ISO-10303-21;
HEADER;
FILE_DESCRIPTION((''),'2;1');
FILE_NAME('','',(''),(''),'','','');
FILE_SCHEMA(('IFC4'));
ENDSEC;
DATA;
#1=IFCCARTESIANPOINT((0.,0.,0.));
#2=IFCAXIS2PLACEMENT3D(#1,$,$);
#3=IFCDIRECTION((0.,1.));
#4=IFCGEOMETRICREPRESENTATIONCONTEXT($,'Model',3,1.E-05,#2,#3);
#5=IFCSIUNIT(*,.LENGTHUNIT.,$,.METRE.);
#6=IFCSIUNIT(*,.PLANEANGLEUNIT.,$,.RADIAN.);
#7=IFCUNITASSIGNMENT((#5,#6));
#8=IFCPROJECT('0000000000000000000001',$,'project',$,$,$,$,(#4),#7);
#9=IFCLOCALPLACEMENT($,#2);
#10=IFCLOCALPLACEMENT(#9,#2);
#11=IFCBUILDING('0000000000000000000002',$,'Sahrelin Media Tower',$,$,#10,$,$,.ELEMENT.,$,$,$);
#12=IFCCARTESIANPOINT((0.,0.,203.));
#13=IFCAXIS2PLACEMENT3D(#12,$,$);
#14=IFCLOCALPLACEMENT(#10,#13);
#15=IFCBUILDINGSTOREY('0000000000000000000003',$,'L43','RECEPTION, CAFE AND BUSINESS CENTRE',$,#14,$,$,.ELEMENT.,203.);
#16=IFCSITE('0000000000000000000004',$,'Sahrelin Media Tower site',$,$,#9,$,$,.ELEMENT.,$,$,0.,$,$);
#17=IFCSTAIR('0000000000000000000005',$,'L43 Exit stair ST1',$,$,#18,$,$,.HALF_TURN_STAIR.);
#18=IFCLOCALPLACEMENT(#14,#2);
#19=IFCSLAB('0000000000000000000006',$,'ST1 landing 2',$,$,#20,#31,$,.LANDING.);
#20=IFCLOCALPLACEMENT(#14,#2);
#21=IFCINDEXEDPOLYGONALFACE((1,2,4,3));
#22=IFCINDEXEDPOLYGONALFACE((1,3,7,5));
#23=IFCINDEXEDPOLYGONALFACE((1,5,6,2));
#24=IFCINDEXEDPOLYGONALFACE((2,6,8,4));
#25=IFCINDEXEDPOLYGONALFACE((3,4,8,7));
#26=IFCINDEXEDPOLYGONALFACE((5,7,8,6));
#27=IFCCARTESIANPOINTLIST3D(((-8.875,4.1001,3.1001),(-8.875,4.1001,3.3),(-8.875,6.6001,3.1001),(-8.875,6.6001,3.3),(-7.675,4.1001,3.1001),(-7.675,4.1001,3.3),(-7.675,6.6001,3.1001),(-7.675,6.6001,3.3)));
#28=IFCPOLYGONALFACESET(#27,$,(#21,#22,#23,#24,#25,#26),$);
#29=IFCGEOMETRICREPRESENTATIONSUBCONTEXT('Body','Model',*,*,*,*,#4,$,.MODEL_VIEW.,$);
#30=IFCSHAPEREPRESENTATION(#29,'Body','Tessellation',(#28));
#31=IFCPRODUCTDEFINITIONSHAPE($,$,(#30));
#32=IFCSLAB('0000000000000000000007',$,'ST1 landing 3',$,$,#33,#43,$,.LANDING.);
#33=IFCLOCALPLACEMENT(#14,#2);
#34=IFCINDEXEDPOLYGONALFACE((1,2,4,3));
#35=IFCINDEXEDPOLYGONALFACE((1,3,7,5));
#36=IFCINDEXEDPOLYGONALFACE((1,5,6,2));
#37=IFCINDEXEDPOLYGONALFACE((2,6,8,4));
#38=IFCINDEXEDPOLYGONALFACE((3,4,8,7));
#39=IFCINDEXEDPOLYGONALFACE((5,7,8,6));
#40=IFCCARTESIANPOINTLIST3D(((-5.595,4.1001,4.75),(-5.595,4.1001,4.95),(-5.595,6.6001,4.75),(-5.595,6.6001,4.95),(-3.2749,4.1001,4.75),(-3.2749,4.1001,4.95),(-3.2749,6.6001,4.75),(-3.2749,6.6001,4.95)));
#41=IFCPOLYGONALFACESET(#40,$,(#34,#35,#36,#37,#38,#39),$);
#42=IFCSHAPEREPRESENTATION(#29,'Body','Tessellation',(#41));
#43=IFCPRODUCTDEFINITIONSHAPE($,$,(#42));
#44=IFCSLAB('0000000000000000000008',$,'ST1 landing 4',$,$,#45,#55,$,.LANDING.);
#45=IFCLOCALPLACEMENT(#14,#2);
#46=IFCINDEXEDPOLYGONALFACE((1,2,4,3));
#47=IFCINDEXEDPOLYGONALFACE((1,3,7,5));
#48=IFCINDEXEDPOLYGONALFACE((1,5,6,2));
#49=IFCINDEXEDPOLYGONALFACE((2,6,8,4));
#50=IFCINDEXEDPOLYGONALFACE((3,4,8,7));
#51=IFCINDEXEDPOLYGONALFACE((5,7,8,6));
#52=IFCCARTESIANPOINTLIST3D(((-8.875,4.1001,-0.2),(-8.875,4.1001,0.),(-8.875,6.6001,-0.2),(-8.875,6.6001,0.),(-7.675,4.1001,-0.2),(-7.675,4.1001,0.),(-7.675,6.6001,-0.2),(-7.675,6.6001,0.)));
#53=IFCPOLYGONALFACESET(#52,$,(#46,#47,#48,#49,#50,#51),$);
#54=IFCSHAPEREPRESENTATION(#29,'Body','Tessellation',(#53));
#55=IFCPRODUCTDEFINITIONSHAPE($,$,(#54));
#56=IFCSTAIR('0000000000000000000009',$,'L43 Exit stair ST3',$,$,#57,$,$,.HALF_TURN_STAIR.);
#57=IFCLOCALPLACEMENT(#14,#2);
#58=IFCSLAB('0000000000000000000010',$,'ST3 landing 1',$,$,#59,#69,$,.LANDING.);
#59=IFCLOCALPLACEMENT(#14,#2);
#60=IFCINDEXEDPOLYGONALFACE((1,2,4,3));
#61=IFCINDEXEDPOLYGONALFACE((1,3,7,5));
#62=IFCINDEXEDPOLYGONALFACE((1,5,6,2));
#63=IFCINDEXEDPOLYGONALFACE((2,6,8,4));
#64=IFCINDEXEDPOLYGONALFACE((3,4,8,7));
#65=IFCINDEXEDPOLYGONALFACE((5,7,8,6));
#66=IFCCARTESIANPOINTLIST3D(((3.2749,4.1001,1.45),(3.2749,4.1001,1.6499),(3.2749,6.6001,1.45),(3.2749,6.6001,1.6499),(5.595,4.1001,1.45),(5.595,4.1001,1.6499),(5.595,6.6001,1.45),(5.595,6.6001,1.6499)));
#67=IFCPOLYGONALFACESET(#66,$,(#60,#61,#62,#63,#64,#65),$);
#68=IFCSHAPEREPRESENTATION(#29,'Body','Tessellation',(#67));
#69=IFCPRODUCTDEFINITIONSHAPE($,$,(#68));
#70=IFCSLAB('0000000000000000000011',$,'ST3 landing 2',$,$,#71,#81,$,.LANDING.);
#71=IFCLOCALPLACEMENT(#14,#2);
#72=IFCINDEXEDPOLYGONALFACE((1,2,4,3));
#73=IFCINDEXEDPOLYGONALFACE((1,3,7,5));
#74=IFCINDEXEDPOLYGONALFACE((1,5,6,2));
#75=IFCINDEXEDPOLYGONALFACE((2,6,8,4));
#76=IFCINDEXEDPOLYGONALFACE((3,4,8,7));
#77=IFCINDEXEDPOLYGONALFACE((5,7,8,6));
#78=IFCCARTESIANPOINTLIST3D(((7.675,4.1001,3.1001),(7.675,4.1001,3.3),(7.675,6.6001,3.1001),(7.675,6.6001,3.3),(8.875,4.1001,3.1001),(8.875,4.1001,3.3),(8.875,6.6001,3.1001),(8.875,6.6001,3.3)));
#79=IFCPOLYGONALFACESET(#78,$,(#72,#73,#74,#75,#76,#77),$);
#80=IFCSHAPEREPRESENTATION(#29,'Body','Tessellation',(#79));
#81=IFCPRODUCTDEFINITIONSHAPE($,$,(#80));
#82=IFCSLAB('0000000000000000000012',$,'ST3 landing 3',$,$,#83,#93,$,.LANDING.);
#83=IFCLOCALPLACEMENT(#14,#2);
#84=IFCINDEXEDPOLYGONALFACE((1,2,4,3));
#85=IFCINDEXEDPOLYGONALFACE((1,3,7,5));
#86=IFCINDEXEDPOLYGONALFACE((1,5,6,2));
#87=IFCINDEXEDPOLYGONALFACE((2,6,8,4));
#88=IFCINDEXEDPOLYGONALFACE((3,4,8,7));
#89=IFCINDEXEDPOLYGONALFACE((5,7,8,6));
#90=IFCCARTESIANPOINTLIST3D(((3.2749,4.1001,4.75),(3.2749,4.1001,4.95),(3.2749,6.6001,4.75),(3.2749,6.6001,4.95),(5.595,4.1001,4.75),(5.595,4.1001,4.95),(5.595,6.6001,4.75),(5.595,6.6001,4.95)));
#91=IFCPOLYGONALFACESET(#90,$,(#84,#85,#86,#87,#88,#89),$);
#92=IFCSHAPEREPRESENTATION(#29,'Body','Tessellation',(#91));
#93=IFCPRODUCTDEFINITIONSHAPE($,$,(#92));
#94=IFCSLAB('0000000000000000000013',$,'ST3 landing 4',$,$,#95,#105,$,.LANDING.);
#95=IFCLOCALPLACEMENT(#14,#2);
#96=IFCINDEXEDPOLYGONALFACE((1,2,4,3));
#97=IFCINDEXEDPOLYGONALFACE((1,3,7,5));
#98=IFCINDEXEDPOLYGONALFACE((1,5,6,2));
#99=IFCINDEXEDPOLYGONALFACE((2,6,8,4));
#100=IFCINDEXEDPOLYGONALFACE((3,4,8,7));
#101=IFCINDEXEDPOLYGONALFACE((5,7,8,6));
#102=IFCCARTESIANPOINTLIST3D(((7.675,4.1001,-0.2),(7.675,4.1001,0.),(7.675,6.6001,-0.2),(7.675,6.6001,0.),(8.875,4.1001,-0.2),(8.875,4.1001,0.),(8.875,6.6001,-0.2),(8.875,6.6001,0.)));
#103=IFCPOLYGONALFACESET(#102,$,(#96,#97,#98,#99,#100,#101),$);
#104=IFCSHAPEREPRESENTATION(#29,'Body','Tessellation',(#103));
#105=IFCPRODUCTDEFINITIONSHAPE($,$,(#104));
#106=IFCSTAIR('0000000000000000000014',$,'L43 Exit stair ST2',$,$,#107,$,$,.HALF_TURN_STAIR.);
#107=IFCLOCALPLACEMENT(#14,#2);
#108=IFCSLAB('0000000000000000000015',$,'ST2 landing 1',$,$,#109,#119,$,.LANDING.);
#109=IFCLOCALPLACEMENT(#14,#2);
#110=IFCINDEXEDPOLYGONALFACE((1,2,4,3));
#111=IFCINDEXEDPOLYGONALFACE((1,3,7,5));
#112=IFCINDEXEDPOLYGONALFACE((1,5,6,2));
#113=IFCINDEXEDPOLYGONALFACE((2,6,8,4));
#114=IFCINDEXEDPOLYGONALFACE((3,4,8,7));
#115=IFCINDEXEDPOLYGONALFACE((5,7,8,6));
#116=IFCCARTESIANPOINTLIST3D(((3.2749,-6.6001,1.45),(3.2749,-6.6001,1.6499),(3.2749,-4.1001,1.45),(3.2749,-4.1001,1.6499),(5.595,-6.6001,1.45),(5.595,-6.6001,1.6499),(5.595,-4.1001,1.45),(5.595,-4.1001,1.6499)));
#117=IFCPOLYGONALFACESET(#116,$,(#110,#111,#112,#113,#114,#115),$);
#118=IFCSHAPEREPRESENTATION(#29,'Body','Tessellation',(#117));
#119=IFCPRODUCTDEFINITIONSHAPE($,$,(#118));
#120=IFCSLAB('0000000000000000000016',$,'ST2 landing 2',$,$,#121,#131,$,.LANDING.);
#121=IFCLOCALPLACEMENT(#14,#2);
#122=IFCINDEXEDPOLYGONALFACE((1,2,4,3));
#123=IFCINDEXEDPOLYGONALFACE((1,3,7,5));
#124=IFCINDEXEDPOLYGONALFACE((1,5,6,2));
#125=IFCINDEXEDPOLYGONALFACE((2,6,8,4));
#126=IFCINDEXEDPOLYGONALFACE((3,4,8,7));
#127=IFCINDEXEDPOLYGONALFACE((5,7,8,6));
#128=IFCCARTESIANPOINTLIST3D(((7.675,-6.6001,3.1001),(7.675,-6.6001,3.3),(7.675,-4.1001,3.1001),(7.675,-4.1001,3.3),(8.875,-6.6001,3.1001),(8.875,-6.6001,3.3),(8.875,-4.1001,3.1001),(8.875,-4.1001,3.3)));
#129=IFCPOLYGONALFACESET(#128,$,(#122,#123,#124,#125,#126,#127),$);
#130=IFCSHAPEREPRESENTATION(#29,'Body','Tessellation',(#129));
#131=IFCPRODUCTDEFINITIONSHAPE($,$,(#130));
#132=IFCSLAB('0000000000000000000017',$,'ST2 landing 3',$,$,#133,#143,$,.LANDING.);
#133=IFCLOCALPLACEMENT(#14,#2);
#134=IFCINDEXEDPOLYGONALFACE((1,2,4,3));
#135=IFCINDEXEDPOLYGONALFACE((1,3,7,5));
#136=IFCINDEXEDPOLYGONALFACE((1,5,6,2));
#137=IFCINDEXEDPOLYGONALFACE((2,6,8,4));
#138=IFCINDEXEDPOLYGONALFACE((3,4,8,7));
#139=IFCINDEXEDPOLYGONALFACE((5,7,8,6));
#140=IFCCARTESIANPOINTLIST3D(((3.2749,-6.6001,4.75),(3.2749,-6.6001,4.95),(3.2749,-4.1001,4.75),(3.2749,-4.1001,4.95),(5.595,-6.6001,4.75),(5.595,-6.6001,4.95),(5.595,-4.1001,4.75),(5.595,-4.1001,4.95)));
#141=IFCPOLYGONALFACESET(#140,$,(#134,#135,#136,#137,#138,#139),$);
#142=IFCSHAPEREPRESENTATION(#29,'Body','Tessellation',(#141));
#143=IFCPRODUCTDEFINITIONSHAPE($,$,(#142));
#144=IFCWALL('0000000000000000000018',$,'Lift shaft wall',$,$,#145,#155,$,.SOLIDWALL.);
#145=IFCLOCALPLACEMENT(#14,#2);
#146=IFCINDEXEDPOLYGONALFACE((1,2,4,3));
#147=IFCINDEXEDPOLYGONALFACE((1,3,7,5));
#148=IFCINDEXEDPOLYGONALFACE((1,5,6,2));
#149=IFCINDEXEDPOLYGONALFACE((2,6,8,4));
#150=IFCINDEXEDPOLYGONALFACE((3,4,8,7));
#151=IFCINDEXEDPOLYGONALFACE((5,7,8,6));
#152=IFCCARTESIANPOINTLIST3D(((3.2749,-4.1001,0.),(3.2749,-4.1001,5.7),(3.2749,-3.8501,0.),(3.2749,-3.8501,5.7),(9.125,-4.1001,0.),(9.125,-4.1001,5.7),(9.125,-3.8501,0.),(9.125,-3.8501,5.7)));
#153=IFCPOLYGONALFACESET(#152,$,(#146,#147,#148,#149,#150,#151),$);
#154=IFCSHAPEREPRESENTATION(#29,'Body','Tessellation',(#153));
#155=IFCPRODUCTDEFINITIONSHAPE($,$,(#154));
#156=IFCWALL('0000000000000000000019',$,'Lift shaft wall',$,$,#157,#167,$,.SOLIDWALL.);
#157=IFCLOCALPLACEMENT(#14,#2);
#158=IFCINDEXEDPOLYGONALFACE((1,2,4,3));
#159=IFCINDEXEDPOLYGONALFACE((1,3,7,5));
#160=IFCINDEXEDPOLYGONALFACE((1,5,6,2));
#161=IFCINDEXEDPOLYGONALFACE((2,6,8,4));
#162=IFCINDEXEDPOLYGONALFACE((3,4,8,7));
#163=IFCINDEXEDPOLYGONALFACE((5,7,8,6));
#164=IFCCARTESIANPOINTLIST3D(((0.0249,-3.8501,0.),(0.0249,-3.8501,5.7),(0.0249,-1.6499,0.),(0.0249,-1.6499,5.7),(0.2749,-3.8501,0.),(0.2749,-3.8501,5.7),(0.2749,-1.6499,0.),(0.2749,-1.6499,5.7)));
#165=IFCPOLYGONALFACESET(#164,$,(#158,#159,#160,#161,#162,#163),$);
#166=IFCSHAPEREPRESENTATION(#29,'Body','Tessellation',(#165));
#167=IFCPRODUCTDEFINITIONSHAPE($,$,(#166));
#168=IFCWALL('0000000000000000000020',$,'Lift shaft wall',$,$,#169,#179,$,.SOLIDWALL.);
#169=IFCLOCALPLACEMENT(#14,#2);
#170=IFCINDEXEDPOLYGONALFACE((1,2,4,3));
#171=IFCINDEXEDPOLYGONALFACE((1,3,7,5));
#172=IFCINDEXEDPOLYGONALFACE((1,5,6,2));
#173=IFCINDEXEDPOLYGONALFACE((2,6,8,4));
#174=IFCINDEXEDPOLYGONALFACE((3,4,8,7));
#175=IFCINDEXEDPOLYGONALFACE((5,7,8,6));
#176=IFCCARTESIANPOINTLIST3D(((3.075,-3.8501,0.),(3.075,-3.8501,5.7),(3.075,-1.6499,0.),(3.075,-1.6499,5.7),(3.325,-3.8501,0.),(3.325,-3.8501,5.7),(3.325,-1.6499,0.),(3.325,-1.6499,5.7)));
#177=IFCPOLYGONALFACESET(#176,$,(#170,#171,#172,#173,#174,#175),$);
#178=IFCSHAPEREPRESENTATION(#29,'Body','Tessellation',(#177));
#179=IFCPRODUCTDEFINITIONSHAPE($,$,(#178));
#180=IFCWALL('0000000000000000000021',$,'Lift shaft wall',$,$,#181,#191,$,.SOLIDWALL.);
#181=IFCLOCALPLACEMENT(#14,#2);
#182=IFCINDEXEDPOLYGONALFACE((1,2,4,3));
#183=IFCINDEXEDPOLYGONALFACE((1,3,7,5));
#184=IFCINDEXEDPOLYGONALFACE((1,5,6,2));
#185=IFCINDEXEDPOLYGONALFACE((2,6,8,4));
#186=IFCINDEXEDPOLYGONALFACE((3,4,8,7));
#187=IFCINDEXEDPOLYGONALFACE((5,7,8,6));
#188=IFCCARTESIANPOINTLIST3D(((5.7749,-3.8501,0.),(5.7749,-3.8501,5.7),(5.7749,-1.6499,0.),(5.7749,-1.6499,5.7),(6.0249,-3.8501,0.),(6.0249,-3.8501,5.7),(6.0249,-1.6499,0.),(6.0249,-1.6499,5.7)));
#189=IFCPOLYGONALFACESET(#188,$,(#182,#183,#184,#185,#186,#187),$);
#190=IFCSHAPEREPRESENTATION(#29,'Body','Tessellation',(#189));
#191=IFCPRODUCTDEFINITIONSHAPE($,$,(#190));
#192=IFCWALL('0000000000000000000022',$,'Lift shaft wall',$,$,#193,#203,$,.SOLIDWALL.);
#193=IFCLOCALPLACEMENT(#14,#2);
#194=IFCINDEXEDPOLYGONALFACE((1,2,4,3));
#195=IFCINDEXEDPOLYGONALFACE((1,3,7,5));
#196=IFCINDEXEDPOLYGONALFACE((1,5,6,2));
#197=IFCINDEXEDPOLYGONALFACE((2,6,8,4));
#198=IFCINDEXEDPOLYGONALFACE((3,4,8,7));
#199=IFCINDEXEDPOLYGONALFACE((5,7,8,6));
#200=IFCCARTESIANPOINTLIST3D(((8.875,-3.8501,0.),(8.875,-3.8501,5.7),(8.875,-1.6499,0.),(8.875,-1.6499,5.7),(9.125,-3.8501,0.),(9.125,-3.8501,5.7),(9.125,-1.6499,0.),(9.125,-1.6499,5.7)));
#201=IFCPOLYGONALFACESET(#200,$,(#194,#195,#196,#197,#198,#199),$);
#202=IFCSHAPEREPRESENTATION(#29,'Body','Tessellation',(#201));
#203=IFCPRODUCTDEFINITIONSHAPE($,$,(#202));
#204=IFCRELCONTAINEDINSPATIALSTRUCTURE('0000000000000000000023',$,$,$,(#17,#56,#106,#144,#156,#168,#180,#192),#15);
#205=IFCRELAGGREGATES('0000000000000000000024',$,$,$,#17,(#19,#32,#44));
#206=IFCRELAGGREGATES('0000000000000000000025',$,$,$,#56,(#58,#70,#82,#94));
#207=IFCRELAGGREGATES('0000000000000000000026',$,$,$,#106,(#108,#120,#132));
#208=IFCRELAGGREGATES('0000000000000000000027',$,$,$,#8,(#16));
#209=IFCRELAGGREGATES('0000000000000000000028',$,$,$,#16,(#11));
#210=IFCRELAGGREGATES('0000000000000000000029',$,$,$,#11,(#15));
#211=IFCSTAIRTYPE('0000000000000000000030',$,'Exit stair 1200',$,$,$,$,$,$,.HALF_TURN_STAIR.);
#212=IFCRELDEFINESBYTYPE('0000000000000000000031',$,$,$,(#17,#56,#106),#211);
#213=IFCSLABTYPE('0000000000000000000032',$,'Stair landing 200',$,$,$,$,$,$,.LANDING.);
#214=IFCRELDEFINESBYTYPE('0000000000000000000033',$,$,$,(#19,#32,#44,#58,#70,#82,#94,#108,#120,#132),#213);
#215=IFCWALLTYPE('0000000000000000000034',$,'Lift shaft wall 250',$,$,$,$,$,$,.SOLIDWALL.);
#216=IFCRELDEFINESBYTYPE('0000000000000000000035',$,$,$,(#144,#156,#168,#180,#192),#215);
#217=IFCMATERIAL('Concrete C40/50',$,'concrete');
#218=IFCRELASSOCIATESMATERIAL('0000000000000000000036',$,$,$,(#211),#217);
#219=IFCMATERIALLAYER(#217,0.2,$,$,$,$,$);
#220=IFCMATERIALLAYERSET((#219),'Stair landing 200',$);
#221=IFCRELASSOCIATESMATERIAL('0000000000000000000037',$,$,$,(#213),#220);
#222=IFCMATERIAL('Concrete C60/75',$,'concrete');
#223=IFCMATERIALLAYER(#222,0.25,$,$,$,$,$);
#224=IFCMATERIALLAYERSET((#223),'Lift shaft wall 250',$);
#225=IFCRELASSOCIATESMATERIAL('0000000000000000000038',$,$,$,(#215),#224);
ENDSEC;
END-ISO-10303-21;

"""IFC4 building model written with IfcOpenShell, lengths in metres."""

from ifc_helpers import new_model, si_unit, direction, frame, frame_2d, origin, place, context, subcontext, project, spatial, polyline, rectangle, outline, extrude, material, layer, layer_set, type_object, element, aggregate, save


model = new_model("IFC4")

# Units and contexts
model_context = context("Model", 3, precision=1e-05, world=origin(), true_north=direction((0.0, 1.0)))
body_context = subcontext(model_context, "Body", "Model", "MODEL_VIEW")
ifc_project = project(units=[si_unit("LENGTHUNIT", "METRE"), si_unit("PLANEANGLEUNIT", "RADIAN")], contexts=[model_context])

# Site, building, storey
site_placement = place(None, origin())
site = spatial("IfcSite", under=ifc_project, at=site_placement, Name="Sahrelin Media Tower site", CompositionType="ELEMENT", RefElevation=0.0)
building_placement = place(site_placement, origin())
building = spatial("IfcBuilding", under=site, at=building_placement, Name="Sahrelin Media Tower", CompositionType="ELEMENT")
storey_placement = place(building_placement, frame((0.0, 0.0, 203.0)))
storey = spatial("IfcBuildingStorey", under=building, at=storey_placement, Name="L43", Description="RECEPTION, CAFE AND BUSINESS CENTRE", CompositionType="ELEMENT", Elevation=203.0)

# Stairs, slabs
ifc_material_1 = material(Name="Concrete C40/50", Category="concrete")
stair_type = type_object("IfcStairType", Name="Exit stair 1200", PredefinedType="HALF_TURN_STAIR", material=ifc_material_1)
placement_1 = place(storey_placement, origin())
stair_1 = element("IfcStair", 1, at=placement_1, inside=storey, type_object=stair_type, Name="L43 Exit stair ST1", PredefinedType="HALF_TURN_STAIR")
ifc_layer_1 = layer(ifc_material_1, 0.2)
ifc_layer_set_1 = layer_set([ifc_layer_1], Name="Stair landing 200")
slab_type = type_object("IfcSlabType", Name="Stair landing 200", PredefinedType="LANDING", material=ifc_layer_set_1)
placement_2 = place(storey_placement, frame((0.0, 0.0, 3.1001)))
slab_1 = element("IfcSlab", 2, at=placement_2, type_object=slab_type, Name="ST1 landing 2", PredefinedType="LANDING", context=body_context, shape_type="SweptSolid", body=[
    extrude(outline(polyline([(-8.875, 4.1001), (-7.675, 4.1001), (-7.675, 6.6001), (-8.875, 6.6001), (-8.875, 4.1001)])), origin(), (0.0, 0.0, 1.0), 0.2),
])
placement_3 = place(storey_placement, frame((0.0, 0.0, 4.75)))
slab_2 = element("IfcSlab", 3, at=placement_3, type_object=slab_type, Name="ST1 landing 3", PredefinedType="LANDING", context=body_context, shape_type="SweptSolid", body=[
    extrude(outline(polyline([(-5.595, 4.1001), (-3.2749, 4.1001), (-3.2749, 6.6001), (-5.595, 6.6001), (-5.595, 4.1001)])), origin(), (0.0, 0.0, 1.0), 0.2),
])
placement_4 = place(storey_placement, frame((0.0, 0.0, -0.2)))
slab_3 = element("IfcSlab", 4, at=placement_4, type_object=slab_type, Name="ST1 landing 4", PredefinedType="LANDING", context=body_context, shape_type="SweptSolid", body=[
    extrude(outline(polyline([(-8.875, 4.1001), (-7.675, 4.1001), (-7.675, 6.6001), (-8.875, 6.6001), (-8.875, 4.1001)])), origin(), (0.0, 0.0, 1.0), 0.2),
])
aggregate(stair_1, [slab_1, slab_2, slab_3])
stair_2 = element("IfcStair", 5, at=placement_1, inside=storey, type_object=stair_type, Name="L43 Exit stair ST3", PredefinedType="HALF_TURN_STAIR")
placement_5 = place(storey_placement, frame((0.0, 0.0, 1.45)))
slab_4 = element("IfcSlab", 6, at=placement_5, type_object=slab_type, Name="ST3 landing 1", PredefinedType="LANDING", context=body_context, shape_type="SweptSolid", body=[
    extrude(outline(polyline([(5.595, 6.6001), (3.2749, 6.6001), (3.2749, 4.1001), (5.595, 4.1001), (5.595, 6.6001)])), origin(), (0.0, 0.0, 1.0), 0.2),
])
slab_5 = element("IfcSlab", 7, at=placement_2, type_object=slab_type, Name="ST3 landing 2", PredefinedType="LANDING", context=body_context, shape_type="SweptSolid", body=[
    extrude(outline(polyline([(8.875, 6.6001), (7.675, 6.6001), (7.675, 4.1001), (8.875, 4.1001), (8.875, 6.6001)])), origin(), (0.0, 0.0, 1.0), 0.2),
])
slab_6 = element("IfcSlab", 8, at=placement_3, type_object=slab_type, Name="ST3 landing 3", PredefinedType="LANDING", context=body_context, shape_type="SweptSolid", body=[
    extrude(outline(polyline([(5.595, 6.6001), (3.2749, 6.6001), (3.2749, 4.1001), (5.595, 4.1001), (5.595, 6.6001)])), origin(), (0.0, 0.0, 1.0), 0.2),
])
slab_7 = element("IfcSlab", 9, at=placement_4, type_object=slab_type, Name="ST3 landing 4", PredefinedType="LANDING", context=body_context, shape_type="SweptSolid", body=[
    extrude(outline(polyline([(8.875, 6.6001), (7.675, 6.6001), (7.675, 4.1001), (8.875, 4.1001), (8.875, 6.6001)])), origin(), (0.0, 0.0, 1.0), 0.2),
])
aggregate(stair_2, [slab_4, slab_5, slab_6, slab_7])
stair_3 = element("IfcStair", 10, at=placement_1, inside=storey, type_object=stair_type, Name="L43 Exit stair ST2", PredefinedType="HALF_TURN_STAIR")
slab_8 = element("IfcSlab", 11, at=placement_5, type_object=slab_type, Name="ST2 landing 1", PredefinedType="LANDING", context=body_context, shape_type="SweptSolid", body=[
    extrude(outline(polyline([(5.595, -4.1001), (3.2749, -4.1001), (3.2749, -6.6001), (5.595, -6.6001), (5.595, -4.1001)])), origin(), (0.0, 0.0, 1.0), 0.2),
])
slab_9 = element("IfcSlab", 12, at=placement_2, type_object=slab_type, Name="ST2 landing 2", PredefinedType="LANDING", context=body_context, shape_type="SweptSolid", body=[
    extrude(outline(polyline([(8.875, -4.1001), (7.675, -4.1001), (7.675, -6.6001), (8.875, -6.6001), (8.875, -4.1001)])), origin(), (0.0, 0.0, 1.0), 0.2),
])
slab_10 = element("IfcSlab", 13, at=placement_3, type_object=slab_type, Name="ST2 landing 3", PredefinedType="LANDING", context=body_context, shape_type="SweptSolid", body=[
    extrude(outline(polyline([(5.595, -4.1001), (3.2749, -4.1001), (3.2749, -6.6001), (5.595, -6.6001), (5.595, -4.1001)])), origin(), (0.0, 0.0, 1.0), 0.2),
])
aggregate(stair_3, [slab_8, slab_9, slab_10])

# Walls
ifc_material_2 = material(Name="Concrete C60/75", Category="concrete")
ifc_layer_2 = layer(ifc_material_2, 0.25)
ifc_layer_set_2 = layer_set([ifc_layer_2], Name="Lift shaft wall 250")
wall_type = type_object("IfcWallType", Name="Lift shaft wall 250", PredefinedType="SOLIDWALL", material=ifc_layer_set_2)
wall_placement = place(storey_placement, frame((3.2749, -3.9751, 0.0), z_axis=(0.0, 0.0, 1.0), x_axis=(1.0, 0.0, 0.0)))
element("IfcWall", 14, at=wall_placement, inside=storey, type_object=wall_type, Name="Lift shaft wall", PredefinedType="SOLIDWALL", context=body_context, shape_type="SweptSolid", body=[
    extrude(rectangle(XDim=5.8501, YDim=0.25, at=frame_2d((2.925, 0.0))), origin(), (0.0, 0.0, 1.0), 5.7),
])
for number, where, z_axis, x_axis, name in (
    (15, (0.1499, -3.8501, 0.0), (0.0, 0.0, 1.0), (0.0, 1.0, 0.0), "Lift shaft wall"),
    (16, (3.2, -3.8501, 0.0), (0.0, 0.0, 1.0), (0.0, 1.0, 0.0), "Lift shaft wall"),
    (17, (5.8999, -3.8501, 0.0), (0.0, 0.0, 1.0), (0.0, 1.0, 0.0), "Lift shaft wall"),
    (18, (9.0, -3.8501, 0.0), (0.0, 0.0, 1.0), (0.0, 1.0, 0.0), "Lift shaft wall"),
):
    element("IfcWall", number, at=place(storey_placement, frame(where, z_axis=z_axis, x_axis=x_axis)), inside=storey, type_object=wall_type, Name=name, PredefinedType="SOLIDWALL", context=body_context, shape_type="SweptSolid", body=[
        extrude(rectangle(XDim=2.2002, YDim=0.25, at=frame_2d((1.1001, 0.0))), origin(), (0.0, 0.0, 1.0), 5.7),
    ])

save(model, "model.ifc")
